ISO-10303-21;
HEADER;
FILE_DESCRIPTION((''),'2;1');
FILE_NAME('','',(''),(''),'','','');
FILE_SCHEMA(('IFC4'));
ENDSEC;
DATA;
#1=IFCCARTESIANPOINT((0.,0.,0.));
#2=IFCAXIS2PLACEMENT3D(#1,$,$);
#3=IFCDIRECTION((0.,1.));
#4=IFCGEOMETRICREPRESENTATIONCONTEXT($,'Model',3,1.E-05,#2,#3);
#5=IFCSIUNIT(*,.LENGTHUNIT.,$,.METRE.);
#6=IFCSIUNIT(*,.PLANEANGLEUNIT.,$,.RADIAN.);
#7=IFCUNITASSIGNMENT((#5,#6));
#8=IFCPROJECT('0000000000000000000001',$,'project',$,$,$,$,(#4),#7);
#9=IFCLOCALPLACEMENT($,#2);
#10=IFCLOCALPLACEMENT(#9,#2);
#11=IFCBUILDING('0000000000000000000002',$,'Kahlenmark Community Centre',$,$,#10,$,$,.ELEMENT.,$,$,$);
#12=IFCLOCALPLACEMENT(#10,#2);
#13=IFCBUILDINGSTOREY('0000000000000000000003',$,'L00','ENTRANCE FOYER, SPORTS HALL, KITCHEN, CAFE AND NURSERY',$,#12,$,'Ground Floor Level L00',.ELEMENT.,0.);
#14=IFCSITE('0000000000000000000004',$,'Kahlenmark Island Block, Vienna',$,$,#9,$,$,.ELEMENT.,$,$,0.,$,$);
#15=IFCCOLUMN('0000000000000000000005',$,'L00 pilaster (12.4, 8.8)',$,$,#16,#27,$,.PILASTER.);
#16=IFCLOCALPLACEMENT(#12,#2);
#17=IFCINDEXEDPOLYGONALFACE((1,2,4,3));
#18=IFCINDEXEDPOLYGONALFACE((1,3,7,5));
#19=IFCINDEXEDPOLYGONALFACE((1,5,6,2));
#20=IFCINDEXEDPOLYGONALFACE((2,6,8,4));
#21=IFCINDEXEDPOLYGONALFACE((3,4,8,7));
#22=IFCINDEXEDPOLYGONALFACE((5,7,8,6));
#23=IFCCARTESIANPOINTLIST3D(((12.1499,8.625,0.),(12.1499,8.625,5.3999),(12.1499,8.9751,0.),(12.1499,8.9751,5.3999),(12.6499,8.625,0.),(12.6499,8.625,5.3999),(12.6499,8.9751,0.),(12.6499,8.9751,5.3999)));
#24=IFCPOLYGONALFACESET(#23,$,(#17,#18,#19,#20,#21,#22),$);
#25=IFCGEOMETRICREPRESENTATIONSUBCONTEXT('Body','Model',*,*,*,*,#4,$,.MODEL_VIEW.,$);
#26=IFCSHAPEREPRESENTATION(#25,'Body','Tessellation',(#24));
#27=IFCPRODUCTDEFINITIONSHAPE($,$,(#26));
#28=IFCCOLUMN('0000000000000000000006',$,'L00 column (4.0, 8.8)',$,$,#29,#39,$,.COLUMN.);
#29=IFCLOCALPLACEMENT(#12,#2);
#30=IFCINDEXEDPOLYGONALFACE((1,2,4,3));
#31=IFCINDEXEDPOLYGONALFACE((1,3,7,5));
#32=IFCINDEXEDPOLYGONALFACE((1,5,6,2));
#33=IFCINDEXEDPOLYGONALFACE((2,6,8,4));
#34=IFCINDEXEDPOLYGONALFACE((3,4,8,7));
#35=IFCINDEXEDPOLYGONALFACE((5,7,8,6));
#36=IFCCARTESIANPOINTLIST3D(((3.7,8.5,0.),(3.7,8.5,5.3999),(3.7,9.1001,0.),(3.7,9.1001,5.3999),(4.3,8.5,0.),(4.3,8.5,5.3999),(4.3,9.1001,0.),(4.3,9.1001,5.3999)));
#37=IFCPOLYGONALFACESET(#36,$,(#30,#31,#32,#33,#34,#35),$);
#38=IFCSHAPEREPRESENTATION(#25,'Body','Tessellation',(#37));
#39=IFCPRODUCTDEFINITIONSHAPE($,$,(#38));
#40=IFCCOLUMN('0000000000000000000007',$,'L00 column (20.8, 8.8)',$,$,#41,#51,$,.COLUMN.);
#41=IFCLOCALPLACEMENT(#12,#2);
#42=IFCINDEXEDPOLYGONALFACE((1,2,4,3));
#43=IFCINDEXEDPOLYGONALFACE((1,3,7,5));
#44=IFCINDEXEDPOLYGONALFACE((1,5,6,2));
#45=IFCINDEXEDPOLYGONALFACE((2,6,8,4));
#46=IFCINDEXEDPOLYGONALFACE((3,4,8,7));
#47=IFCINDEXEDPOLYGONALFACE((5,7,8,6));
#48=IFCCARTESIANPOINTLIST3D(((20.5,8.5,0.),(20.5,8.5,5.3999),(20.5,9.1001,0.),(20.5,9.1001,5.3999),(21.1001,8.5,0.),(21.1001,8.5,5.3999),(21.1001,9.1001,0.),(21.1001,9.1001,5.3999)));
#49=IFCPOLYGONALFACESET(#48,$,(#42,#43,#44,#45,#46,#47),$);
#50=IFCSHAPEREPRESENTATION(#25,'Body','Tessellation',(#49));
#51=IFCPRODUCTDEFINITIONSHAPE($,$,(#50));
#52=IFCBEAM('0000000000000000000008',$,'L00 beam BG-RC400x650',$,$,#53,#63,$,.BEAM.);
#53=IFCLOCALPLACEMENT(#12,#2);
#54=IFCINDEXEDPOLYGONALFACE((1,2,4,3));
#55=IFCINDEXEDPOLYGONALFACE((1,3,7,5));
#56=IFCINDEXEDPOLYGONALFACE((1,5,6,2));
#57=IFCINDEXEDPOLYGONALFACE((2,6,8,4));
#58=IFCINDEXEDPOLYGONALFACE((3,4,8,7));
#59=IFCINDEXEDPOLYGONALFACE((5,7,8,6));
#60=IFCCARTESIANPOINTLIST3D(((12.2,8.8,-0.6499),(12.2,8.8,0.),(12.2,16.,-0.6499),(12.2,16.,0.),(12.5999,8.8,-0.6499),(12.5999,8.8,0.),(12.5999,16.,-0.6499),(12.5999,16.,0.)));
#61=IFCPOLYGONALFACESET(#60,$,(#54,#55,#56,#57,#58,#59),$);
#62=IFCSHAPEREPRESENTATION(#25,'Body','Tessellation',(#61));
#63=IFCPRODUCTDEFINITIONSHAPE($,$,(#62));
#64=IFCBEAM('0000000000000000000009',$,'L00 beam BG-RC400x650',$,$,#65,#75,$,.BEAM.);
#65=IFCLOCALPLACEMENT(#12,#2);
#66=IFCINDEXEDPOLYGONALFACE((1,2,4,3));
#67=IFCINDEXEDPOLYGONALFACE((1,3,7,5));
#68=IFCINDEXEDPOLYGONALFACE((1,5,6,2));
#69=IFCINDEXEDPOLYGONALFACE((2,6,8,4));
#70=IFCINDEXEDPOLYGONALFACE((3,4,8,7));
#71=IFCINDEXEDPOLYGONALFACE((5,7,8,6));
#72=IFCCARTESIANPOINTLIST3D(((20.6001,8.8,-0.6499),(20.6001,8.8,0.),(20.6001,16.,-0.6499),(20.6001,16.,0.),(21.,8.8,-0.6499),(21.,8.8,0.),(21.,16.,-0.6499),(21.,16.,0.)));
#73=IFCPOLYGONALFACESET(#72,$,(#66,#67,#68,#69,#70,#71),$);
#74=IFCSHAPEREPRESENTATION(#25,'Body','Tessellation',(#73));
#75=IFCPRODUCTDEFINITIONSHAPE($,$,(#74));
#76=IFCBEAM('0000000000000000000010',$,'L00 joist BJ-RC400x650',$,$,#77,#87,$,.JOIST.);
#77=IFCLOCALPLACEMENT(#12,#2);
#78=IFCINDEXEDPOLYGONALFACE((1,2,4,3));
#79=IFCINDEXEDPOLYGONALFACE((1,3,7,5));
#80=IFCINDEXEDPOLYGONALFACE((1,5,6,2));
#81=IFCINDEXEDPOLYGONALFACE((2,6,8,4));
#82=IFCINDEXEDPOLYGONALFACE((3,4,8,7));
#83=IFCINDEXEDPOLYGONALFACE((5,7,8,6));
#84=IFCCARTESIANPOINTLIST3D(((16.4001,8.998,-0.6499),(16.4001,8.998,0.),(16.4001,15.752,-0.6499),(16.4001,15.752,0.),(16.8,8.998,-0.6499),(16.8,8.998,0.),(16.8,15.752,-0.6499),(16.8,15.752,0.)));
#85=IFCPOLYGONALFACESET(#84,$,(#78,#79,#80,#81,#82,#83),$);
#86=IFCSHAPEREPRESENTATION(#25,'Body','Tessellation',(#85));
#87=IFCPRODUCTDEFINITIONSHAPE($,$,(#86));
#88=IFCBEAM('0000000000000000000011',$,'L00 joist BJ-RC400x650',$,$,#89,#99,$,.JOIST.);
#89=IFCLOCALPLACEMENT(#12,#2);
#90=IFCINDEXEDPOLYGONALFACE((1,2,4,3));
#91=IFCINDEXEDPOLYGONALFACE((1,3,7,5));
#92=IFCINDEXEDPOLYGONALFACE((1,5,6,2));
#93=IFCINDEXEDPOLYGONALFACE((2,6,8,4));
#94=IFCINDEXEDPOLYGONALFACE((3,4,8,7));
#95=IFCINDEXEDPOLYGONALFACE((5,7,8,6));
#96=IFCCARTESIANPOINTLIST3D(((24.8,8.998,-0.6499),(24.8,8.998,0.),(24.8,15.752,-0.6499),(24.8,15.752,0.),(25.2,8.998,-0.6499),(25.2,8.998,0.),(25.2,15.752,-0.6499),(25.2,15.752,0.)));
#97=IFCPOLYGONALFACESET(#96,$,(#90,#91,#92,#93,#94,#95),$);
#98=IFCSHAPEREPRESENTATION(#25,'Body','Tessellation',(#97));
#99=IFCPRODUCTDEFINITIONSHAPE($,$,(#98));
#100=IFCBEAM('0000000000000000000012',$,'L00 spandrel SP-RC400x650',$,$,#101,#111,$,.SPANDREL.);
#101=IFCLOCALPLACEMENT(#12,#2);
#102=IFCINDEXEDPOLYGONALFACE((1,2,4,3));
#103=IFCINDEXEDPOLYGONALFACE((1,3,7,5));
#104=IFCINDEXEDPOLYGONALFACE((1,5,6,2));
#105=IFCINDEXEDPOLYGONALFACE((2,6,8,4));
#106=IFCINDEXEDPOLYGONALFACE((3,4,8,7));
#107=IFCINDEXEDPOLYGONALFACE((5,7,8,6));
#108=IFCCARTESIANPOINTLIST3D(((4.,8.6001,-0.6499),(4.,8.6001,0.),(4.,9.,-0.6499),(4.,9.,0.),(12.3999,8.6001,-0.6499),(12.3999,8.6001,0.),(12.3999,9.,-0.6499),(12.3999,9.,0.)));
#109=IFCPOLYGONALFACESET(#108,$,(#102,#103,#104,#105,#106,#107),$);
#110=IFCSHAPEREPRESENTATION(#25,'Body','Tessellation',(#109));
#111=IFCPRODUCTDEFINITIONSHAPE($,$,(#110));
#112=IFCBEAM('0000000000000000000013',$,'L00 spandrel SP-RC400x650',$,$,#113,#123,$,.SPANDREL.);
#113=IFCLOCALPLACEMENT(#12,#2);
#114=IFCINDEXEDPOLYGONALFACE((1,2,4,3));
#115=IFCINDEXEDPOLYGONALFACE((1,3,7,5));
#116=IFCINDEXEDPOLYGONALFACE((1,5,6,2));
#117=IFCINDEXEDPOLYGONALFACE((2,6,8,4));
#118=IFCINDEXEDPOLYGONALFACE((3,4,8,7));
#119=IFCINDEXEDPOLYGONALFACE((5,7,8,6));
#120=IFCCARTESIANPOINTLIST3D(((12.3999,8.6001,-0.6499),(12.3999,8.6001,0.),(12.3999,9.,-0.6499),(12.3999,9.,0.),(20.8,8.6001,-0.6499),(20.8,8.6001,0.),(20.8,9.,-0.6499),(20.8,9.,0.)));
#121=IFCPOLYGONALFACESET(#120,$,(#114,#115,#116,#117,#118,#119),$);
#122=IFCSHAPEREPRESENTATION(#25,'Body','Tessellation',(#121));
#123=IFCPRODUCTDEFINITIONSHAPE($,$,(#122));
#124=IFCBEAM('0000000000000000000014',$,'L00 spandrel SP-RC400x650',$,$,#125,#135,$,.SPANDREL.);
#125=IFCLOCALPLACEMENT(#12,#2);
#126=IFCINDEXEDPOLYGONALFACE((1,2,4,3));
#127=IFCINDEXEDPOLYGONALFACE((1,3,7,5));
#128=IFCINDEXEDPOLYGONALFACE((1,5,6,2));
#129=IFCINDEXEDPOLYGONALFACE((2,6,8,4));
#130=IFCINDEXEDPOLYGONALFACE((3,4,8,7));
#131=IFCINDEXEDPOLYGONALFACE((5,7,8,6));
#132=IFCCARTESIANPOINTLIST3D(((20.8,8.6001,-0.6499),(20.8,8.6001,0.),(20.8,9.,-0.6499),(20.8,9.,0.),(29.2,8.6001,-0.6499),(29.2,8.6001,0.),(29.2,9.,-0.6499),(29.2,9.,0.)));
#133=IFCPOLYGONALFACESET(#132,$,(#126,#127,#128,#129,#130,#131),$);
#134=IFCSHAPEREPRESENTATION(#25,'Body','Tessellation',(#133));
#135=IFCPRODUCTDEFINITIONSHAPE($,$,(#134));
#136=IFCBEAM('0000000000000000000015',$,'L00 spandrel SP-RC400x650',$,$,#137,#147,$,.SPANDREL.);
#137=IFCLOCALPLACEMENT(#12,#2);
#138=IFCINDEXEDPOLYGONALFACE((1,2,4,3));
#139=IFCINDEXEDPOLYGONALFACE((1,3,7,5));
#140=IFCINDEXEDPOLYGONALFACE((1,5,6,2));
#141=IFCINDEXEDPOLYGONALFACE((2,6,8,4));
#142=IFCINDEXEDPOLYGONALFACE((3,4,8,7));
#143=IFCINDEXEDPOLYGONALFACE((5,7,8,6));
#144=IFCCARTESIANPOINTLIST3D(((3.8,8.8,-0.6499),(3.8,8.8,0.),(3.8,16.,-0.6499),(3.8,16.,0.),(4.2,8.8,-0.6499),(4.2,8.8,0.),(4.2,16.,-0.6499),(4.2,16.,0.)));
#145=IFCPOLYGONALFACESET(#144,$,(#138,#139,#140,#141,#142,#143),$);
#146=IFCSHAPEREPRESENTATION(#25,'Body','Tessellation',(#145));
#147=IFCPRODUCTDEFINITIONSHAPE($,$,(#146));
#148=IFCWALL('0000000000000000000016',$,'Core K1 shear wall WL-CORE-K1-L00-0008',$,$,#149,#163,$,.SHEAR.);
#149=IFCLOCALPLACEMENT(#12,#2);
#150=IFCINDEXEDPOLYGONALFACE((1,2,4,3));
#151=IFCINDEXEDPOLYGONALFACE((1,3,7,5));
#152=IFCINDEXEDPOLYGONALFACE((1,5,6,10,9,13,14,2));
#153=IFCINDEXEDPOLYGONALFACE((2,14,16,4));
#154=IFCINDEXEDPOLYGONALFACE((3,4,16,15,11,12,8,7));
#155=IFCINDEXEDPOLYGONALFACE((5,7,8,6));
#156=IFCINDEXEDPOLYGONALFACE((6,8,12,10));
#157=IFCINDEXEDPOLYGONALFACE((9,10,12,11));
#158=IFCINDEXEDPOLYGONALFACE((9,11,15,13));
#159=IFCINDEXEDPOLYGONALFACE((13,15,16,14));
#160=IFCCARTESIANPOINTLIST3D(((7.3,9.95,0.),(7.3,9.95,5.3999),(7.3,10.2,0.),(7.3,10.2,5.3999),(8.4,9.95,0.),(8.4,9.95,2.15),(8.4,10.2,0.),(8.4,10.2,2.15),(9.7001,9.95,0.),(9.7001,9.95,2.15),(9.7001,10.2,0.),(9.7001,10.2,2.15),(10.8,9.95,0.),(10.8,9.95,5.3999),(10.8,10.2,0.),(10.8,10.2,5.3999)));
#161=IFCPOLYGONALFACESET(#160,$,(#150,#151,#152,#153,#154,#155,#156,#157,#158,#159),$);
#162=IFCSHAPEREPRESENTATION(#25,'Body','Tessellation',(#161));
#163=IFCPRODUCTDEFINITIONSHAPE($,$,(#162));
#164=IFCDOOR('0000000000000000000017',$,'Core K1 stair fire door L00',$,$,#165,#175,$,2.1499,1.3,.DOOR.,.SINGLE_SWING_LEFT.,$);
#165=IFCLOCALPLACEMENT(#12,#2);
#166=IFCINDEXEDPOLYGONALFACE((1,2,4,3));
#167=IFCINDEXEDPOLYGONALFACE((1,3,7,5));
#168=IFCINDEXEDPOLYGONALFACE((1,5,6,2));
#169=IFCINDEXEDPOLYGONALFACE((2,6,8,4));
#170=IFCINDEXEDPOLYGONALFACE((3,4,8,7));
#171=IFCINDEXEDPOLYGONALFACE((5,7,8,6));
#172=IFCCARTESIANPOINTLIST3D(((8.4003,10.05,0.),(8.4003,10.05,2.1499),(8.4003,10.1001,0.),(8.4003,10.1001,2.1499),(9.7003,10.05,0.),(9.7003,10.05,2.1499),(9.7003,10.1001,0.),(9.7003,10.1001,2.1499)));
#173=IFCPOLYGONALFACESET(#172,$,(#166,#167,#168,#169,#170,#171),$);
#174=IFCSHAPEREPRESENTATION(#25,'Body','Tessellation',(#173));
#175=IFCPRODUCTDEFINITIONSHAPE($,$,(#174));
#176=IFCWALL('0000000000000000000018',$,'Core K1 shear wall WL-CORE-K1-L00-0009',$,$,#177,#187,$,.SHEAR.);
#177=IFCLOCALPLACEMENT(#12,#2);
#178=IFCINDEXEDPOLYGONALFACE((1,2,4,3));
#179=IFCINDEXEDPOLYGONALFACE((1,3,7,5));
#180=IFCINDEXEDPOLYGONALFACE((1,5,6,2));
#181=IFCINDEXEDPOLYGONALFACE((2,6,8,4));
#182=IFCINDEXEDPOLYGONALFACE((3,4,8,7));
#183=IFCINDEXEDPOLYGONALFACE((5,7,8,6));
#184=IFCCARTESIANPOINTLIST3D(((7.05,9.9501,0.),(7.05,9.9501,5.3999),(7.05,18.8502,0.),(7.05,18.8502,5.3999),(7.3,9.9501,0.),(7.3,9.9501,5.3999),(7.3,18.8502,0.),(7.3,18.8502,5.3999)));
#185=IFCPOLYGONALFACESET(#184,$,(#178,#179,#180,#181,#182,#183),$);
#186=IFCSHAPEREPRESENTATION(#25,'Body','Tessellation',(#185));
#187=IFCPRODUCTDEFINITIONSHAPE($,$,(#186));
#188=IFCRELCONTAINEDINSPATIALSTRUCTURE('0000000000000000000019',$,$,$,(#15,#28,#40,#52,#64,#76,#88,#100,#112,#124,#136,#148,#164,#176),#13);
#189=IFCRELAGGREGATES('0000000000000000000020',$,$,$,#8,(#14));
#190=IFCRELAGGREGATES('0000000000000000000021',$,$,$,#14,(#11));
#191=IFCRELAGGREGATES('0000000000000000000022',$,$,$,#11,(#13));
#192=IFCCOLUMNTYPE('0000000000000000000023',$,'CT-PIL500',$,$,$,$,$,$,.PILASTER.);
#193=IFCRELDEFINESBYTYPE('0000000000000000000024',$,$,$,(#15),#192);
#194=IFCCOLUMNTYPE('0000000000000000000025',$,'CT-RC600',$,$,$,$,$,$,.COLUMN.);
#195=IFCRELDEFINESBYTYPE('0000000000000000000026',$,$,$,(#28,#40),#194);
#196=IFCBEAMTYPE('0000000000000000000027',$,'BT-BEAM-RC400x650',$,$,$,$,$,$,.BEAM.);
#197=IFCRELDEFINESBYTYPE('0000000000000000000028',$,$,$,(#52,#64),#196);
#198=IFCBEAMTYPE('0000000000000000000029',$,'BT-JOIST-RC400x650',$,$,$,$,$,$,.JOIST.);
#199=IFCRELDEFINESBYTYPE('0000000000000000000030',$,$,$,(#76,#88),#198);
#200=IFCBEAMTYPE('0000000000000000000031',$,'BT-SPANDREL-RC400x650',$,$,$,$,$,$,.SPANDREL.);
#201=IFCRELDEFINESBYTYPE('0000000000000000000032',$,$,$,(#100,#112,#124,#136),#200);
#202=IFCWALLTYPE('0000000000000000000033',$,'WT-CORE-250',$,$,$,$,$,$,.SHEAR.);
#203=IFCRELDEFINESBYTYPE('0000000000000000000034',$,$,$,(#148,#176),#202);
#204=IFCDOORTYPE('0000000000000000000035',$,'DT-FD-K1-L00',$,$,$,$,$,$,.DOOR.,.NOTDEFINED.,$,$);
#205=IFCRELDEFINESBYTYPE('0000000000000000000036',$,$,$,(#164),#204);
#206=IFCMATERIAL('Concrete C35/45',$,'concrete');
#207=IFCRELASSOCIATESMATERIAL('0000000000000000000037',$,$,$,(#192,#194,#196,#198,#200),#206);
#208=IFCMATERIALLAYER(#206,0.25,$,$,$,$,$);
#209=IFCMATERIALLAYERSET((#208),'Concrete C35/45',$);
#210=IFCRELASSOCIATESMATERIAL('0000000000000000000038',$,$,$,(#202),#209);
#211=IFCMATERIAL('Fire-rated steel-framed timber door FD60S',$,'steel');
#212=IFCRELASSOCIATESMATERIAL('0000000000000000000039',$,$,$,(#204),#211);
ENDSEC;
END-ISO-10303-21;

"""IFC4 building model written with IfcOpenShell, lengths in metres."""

from ifc_helpers import new_model, si_unit, direction, frame, frame_2d, origin, origin_2d, place, context, subcontext, project, spatial, rectangle, extrude, material, layer, layer_set, material_profile, profile_set, type_object, element, fill, save


model = new_model("IFC4")

# Units and contexts
model_context = context("Model", 3, precision=1e-05, world=origin(), true_north=direction((0.0, 1.0)))
body_context = subcontext(model_context, "Body", "Model", "MODEL_VIEW")
ifc_project = project(units=[si_unit("LENGTHUNIT", "METRE"), si_unit("PLANEANGLEUNIT", "RADIAN")], contexts=[model_context])

# Site, building, storey
site_placement = place(None, origin())
site = spatial("IfcSite", under=ifc_project, at=site_placement, Name="Kahlenmark Island Block, Vienna", CompositionType="ELEMENT", RefElevation=0.0)
building_placement = place(site_placement, origin())
building = spatial("IfcBuilding", under=site, at=building_placement, Name="Kahlenmark Community Centre", CompositionType="ELEMENT")
storey_placement = place(building_placement, origin())
storey = spatial("IfcBuildingStorey", under=building, at=storey_placement, Name="L00", Description="ENTRANCE FOYER, SPORTS HALL, KITCHEN, CAFE AND NURSERY", LongName="Ground Floor Level L00", CompositionType="ELEMENT", Elevation=0.0)

# Columns
ifc_material_1 = material(Name="Concrete C35/45", Category="concrete")
ifc_material_profile_1 = material_profile(ifc_material_1, rectangle(XDim=0.5, YDim=0.3501, at=origin_2d()), Name="RC 500x350")
ifc_profile_set_1 = profile_set([ifc_material_profile_1], Name="Concrete C35/45")
column_type_1 = type_object("IfcColumnType", Name="CT-PIL500", PredefinedType="PILASTER", material=ifc_profile_set_1)
column_placement = place(storey_placement, frame((12.3999, 8.8, 0.0), z_axis=(0.0, 0.0, 1.0), x_axis=(1.0, 0.0, 0.0)))
element("IfcColumn", 1, at=column_placement, inside=storey, type_object=column_type_1, Name="L00 pilaster (12.4, 8.8)", PredefinedType="PILASTER", context=body_context, shape_type="SweptSolid", body=[
    extrude(rectangle(XDim=0.5, YDim=0.3501, at=origin_2d()), origin(), (0.0, 0.0, 1.0), 5.3999),
])
ifc_material_profile_2 = material_profile(ifc_material_1, rectangle(XDim=0.6001, YDim=0.6001, at=origin_2d()), Name="RC 600x600")
ifc_profile_set_2 = profile_set([ifc_material_profile_2], Name="Concrete C35/45")
column_type_2 = type_object("IfcColumnType", Name="CT-RC600", PredefinedType="COLUMN", material=ifc_profile_set_2)
for number, where, z_axis, x_axis, name in (
    (2, (4.0, 8.8, 0.0), (0.0, 0.0, 1.0), (1.0, 0.0, 0.0), "L00 column (4.0, 8.8)"),
    (3, (20.8, 8.8, 0.0), (0.0, 0.0, 1.0), (1.0, 0.0, 0.0), "L00 column (20.8, 8.8)"),
):
    element("IfcColumn", number, at=place(storey_placement, frame(where, z_axis=z_axis, x_axis=x_axis)), inside=storey, type_object=column_type_2, Name=name, PredefinedType="COLUMN", context=body_context, shape_type="SweptSolid", body=[
        extrude(rectangle(XDim=0.6001, YDim=0.6001, at=origin_2d()), origin(), (0.0, 0.0, 1.0), 5.3999),
    ])

# Beams
ifc_material_profile_3 = material_profile(ifc_material_1, rectangle(XDim=0.3999, YDim=0.6499, at=origin_2d()), Name="RC 400x650")
ifc_profile_set_3 = profile_set([ifc_material_profile_3], Name="Concrete C35/45")
beam_type_1 = type_object("IfcBeamType", Name="BT-BEAM-RC400x650", PredefinedType="BEAM", material=ifc_profile_set_3)
for number, where, z_axis, x_axis, name in (
    (4, (12.3999, 8.8, -0.325), (0.0, 1.0, 0.0), (-1.0, 0.0, 0.0), "L00 beam BG-RC400x650"),
    (5, (20.8, 8.8, -0.325), (0.0, 1.0, 0.0), (-1.0, 0.0, 0.0), "L00 beam BG-RC400x650"),
):
    element("IfcBeam", number, at=place(storey_placement, frame(where, z_axis=z_axis, x_axis=x_axis)), inside=storey, type_object=beam_type_1, Name=name, PredefinedType="BEAM", context=body_context, shape_type="SweptSolid", body=[
        extrude(rectangle(XDim=0.3999, YDim=0.6499, at=origin_2d()), origin(), (0.0, 0.0, 1.0), 7.2),
    ])
ifc_material_profile_4 = material_profile(ifc_material_1, rectangle(XDim=0.3999, YDim=0.6499, at=origin_2d()), Name="RC 400x650")
ifc_profile_set_4 = profile_set([ifc_material_profile_4], Name="Concrete C35/45")
beam_type_2 = type_object("IfcBeamType", Name="BT-JOIST-RC400x650", PredefinedType="JOIST", material=ifc_profile_set_4)
for number, where, z_axis, x_axis, name in (
    (6, (16.6001, 8.998, -0.325), (0.0, 1.0, 0.0), (-1.0, 0.0, 0.0), "L00 joist BJ-RC400x650"),
    (7, (25.0, 8.998, -0.325), (0.0, 1.0, 0.0), (-1.0, 0.0, 0.0), "L00 joist BJ-RC400x650"),
):
    element("IfcBeam", number, at=place(storey_placement, frame(where, z_axis=z_axis, x_axis=x_axis)), inside=storey, type_object=beam_type_2, Name=name, PredefinedType="JOIST", context=body_context, shape_type="SweptSolid", body=[
        extrude(rectangle(XDim=0.3999, YDim=0.6499, at=origin_2d()), origin(), (0.0, 0.0, 1.0), 6.7539),
    ])
ifc_material_profile_5 = material_profile(ifc_material_1, rectangle(XDim=0.3999, YDim=0.6499, at=origin_2d()), Name="RC 400x650")
ifc_profile_set_5 = profile_set([ifc_material_profile_5], Name="Concrete C35/45")
beam_type_3 = type_object("IfcBeamType", Name="BT-SPANDREL-RC400x650", PredefinedType="SPANDREL", material=ifc_profile_set_5)
beam_1_placement = place(storey_placement, frame((4.0, 8.8, -0.325), z_axis=(1.0, 0.0, 0.0), x_axis=(0.0, 1.0, 0.0)))
element("IfcBeam", 8, at=beam_1_placement, inside=storey, type_object=beam_type_3, Name="L00 spandrel SP-RC400x650", PredefinedType="SPANDREL", context=body_context, shape_type="SweptSolid", body=[
    extrude(rectangle(XDim=0.3999, YDim=0.6499, at=origin_2d()), origin(), (0.0, 0.0, 1.0), 8.3999),
])
beam_2_placement = place(storey_placement, frame((12.3999, 8.8, -0.325), z_axis=(1.0, 0.0, 0.0), x_axis=(0.0, 1.0, 0.0)))
element("IfcBeam", 9, at=beam_2_placement, inside=storey, type_object=beam_type_3, Name="L00 spandrel SP-RC400x650", PredefinedType="SPANDREL", context=body_context, shape_type="SweptSolid", body=[
    extrude(rectangle(XDim=0.3999, YDim=0.6499, at=origin_2d()), origin(), (0.0, 0.0, 1.0), 8.4001),
])
beam_3_placement = place(storey_placement, frame((20.8, 8.8, -0.325), z_axis=(1.0, 0.0, 0.0), x_axis=(0.0, 1.0, 0.0)))
element("IfcBeam", 10, at=beam_3_placement, inside=storey, type_object=beam_type_3, Name="L00 spandrel SP-RC400x650", PredefinedType="SPANDREL", context=body_context, shape_type="SweptSolid", body=[
    extrude(rectangle(XDim=0.3999, YDim=0.6499, at=origin_2d()), origin(), (0.0, 0.0, 1.0), 8.3999),
])
beam_4_placement = place(storey_placement, frame((4.0, 8.8, -0.325), z_axis=(0.0, 1.0, 0.0), x_axis=(-1.0, 0.0, 0.0)))
element("IfcBeam", 11, at=beam_4_placement, inside=storey, type_object=beam_type_3, Name="L00 spandrel SP-RC400x650", PredefinedType="SPANDREL", context=body_context, shape_type="SweptSolid", body=[
    extrude(rectangle(XDim=0.3999, YDim=0.6499, at=origin_2d()), origin(), (0.0, 0.0, 1.0), 7.2),
])

# Wall, opening, door
ifc_layer_1 = layer(ifc_material_1, 0.25)
ifc_layer_set_1 = layer_set([ifc_layer_1], Name="Concrete C35/45")
wall_type_1 = type_object("IfcWallType", Name="WT-CORE-250", PredefinedType="SHEAR", material=ifc_layer_set_1)
wall_1_placement = place(storey_placement, frame((7.3, 10.075, 0.0), z_axis=(0.0, 0.0, 1.0), x_axis=(1.0, 0.0, 0.0)))
wall_1 = element("IfcWall", 12, at=wall_1_placement, inside=storey, type_object=wall_type_1, Name="Core K1 shear wall WL-CORE-K1-L00-0008", PredefinedType="SHEAR", context=body_context, shape_type="SweptSolid", body=[
    extrude(rectangle(XDim=3.5, YDim=0.25, at=frame_2d((1.75, 0.0))), origin(), (0.0, 0.0, 1.0), 5.3999),
])
opening_1_placement = place(wall_1_placement, frame((1.1001, 0.0, -0.01)))
opening_1 = element("IfcOpeningElement", 13, at=opening_1_placement, cuts=wall_1, PredefinedType="OPENING", context=body_context, shape_type="SweptSolid", body=[
    extrude(rectangle(XDim=1.3, YDim=2.1599, at=frame_2d((0.6499, 1.0801))), frame((0.0, 0.135, 0.0), z_axis=(0.0, -1.0, 0.0), x_axis=(1.0, 0.0, 0.0)), (0.0, 0.0, 1.0), 0.27),
])
ifc_material_2 = material(Name="Fire-rated steel-framed timber door FD60S", Category="steel")
door_type_1 = type_object("IfcDoorType", Name="DT-FD-K1-L00", OperationType="NOTDEFINED", PredefinedType="DOOR", material=ifc_material_2)
door_1_placement = place(opening_1_placement, frame((1.3, 0.0, 0.01), z_axis=(0.0, 0.0, 1.0), x_axis=(-1.0, 0.0, 0.0)))
door_1 = element("IfcDoor", 14, at=door_1_placement, inside=storey, type_object=door_type_1, Name="Core K1 stair fire door L00", OperationType="SINGLE_SWING_LEFT", OverallHeight=2.1499, OverallWidth=1.3, PredefinedType="DOOR", context=body_context, shape_type="SweptSolid", body=[
    extrude(rectangle(XDim=1.3, YDim=2.1499, at=frame_2d((0.6499, 1.075))), frame((0.0, 0.0249, 0.0), z_axis=(0.0, -1.0, 0.0), x_axis=(1.0, 0.0, 0.0)), (0.0, 0.0, 1.0), 0.05),
])
fill(opening_1, door_1)

# Wall
for number, where, z_axis, x_axis, name in (
    (15, (7.175, 9.95, 0.0), (0.0, 0.0, 1.0), (0.0, 1.0, 0.0), "Core K1 shear wall WL-CORE-K1-L00-0009"),
):
    element("IfcWall", number, at=place(storey_placement, frame(where, z_axis=z_axis, x_axis=x_axis)), inside=storey, type_object=wall_type_1, Name=name, PredefinedType="SHEAR", context=body_context, shape_type="SweptSolid", body=[
        extrude(rectangle(XDim=8.9001, YDim=0.25, at=frame_2d((4.4502, 0.0))), origin(), (0.0, 0.0, 1.0), 5.3999),
    ])

save(model, "model.ifc")
